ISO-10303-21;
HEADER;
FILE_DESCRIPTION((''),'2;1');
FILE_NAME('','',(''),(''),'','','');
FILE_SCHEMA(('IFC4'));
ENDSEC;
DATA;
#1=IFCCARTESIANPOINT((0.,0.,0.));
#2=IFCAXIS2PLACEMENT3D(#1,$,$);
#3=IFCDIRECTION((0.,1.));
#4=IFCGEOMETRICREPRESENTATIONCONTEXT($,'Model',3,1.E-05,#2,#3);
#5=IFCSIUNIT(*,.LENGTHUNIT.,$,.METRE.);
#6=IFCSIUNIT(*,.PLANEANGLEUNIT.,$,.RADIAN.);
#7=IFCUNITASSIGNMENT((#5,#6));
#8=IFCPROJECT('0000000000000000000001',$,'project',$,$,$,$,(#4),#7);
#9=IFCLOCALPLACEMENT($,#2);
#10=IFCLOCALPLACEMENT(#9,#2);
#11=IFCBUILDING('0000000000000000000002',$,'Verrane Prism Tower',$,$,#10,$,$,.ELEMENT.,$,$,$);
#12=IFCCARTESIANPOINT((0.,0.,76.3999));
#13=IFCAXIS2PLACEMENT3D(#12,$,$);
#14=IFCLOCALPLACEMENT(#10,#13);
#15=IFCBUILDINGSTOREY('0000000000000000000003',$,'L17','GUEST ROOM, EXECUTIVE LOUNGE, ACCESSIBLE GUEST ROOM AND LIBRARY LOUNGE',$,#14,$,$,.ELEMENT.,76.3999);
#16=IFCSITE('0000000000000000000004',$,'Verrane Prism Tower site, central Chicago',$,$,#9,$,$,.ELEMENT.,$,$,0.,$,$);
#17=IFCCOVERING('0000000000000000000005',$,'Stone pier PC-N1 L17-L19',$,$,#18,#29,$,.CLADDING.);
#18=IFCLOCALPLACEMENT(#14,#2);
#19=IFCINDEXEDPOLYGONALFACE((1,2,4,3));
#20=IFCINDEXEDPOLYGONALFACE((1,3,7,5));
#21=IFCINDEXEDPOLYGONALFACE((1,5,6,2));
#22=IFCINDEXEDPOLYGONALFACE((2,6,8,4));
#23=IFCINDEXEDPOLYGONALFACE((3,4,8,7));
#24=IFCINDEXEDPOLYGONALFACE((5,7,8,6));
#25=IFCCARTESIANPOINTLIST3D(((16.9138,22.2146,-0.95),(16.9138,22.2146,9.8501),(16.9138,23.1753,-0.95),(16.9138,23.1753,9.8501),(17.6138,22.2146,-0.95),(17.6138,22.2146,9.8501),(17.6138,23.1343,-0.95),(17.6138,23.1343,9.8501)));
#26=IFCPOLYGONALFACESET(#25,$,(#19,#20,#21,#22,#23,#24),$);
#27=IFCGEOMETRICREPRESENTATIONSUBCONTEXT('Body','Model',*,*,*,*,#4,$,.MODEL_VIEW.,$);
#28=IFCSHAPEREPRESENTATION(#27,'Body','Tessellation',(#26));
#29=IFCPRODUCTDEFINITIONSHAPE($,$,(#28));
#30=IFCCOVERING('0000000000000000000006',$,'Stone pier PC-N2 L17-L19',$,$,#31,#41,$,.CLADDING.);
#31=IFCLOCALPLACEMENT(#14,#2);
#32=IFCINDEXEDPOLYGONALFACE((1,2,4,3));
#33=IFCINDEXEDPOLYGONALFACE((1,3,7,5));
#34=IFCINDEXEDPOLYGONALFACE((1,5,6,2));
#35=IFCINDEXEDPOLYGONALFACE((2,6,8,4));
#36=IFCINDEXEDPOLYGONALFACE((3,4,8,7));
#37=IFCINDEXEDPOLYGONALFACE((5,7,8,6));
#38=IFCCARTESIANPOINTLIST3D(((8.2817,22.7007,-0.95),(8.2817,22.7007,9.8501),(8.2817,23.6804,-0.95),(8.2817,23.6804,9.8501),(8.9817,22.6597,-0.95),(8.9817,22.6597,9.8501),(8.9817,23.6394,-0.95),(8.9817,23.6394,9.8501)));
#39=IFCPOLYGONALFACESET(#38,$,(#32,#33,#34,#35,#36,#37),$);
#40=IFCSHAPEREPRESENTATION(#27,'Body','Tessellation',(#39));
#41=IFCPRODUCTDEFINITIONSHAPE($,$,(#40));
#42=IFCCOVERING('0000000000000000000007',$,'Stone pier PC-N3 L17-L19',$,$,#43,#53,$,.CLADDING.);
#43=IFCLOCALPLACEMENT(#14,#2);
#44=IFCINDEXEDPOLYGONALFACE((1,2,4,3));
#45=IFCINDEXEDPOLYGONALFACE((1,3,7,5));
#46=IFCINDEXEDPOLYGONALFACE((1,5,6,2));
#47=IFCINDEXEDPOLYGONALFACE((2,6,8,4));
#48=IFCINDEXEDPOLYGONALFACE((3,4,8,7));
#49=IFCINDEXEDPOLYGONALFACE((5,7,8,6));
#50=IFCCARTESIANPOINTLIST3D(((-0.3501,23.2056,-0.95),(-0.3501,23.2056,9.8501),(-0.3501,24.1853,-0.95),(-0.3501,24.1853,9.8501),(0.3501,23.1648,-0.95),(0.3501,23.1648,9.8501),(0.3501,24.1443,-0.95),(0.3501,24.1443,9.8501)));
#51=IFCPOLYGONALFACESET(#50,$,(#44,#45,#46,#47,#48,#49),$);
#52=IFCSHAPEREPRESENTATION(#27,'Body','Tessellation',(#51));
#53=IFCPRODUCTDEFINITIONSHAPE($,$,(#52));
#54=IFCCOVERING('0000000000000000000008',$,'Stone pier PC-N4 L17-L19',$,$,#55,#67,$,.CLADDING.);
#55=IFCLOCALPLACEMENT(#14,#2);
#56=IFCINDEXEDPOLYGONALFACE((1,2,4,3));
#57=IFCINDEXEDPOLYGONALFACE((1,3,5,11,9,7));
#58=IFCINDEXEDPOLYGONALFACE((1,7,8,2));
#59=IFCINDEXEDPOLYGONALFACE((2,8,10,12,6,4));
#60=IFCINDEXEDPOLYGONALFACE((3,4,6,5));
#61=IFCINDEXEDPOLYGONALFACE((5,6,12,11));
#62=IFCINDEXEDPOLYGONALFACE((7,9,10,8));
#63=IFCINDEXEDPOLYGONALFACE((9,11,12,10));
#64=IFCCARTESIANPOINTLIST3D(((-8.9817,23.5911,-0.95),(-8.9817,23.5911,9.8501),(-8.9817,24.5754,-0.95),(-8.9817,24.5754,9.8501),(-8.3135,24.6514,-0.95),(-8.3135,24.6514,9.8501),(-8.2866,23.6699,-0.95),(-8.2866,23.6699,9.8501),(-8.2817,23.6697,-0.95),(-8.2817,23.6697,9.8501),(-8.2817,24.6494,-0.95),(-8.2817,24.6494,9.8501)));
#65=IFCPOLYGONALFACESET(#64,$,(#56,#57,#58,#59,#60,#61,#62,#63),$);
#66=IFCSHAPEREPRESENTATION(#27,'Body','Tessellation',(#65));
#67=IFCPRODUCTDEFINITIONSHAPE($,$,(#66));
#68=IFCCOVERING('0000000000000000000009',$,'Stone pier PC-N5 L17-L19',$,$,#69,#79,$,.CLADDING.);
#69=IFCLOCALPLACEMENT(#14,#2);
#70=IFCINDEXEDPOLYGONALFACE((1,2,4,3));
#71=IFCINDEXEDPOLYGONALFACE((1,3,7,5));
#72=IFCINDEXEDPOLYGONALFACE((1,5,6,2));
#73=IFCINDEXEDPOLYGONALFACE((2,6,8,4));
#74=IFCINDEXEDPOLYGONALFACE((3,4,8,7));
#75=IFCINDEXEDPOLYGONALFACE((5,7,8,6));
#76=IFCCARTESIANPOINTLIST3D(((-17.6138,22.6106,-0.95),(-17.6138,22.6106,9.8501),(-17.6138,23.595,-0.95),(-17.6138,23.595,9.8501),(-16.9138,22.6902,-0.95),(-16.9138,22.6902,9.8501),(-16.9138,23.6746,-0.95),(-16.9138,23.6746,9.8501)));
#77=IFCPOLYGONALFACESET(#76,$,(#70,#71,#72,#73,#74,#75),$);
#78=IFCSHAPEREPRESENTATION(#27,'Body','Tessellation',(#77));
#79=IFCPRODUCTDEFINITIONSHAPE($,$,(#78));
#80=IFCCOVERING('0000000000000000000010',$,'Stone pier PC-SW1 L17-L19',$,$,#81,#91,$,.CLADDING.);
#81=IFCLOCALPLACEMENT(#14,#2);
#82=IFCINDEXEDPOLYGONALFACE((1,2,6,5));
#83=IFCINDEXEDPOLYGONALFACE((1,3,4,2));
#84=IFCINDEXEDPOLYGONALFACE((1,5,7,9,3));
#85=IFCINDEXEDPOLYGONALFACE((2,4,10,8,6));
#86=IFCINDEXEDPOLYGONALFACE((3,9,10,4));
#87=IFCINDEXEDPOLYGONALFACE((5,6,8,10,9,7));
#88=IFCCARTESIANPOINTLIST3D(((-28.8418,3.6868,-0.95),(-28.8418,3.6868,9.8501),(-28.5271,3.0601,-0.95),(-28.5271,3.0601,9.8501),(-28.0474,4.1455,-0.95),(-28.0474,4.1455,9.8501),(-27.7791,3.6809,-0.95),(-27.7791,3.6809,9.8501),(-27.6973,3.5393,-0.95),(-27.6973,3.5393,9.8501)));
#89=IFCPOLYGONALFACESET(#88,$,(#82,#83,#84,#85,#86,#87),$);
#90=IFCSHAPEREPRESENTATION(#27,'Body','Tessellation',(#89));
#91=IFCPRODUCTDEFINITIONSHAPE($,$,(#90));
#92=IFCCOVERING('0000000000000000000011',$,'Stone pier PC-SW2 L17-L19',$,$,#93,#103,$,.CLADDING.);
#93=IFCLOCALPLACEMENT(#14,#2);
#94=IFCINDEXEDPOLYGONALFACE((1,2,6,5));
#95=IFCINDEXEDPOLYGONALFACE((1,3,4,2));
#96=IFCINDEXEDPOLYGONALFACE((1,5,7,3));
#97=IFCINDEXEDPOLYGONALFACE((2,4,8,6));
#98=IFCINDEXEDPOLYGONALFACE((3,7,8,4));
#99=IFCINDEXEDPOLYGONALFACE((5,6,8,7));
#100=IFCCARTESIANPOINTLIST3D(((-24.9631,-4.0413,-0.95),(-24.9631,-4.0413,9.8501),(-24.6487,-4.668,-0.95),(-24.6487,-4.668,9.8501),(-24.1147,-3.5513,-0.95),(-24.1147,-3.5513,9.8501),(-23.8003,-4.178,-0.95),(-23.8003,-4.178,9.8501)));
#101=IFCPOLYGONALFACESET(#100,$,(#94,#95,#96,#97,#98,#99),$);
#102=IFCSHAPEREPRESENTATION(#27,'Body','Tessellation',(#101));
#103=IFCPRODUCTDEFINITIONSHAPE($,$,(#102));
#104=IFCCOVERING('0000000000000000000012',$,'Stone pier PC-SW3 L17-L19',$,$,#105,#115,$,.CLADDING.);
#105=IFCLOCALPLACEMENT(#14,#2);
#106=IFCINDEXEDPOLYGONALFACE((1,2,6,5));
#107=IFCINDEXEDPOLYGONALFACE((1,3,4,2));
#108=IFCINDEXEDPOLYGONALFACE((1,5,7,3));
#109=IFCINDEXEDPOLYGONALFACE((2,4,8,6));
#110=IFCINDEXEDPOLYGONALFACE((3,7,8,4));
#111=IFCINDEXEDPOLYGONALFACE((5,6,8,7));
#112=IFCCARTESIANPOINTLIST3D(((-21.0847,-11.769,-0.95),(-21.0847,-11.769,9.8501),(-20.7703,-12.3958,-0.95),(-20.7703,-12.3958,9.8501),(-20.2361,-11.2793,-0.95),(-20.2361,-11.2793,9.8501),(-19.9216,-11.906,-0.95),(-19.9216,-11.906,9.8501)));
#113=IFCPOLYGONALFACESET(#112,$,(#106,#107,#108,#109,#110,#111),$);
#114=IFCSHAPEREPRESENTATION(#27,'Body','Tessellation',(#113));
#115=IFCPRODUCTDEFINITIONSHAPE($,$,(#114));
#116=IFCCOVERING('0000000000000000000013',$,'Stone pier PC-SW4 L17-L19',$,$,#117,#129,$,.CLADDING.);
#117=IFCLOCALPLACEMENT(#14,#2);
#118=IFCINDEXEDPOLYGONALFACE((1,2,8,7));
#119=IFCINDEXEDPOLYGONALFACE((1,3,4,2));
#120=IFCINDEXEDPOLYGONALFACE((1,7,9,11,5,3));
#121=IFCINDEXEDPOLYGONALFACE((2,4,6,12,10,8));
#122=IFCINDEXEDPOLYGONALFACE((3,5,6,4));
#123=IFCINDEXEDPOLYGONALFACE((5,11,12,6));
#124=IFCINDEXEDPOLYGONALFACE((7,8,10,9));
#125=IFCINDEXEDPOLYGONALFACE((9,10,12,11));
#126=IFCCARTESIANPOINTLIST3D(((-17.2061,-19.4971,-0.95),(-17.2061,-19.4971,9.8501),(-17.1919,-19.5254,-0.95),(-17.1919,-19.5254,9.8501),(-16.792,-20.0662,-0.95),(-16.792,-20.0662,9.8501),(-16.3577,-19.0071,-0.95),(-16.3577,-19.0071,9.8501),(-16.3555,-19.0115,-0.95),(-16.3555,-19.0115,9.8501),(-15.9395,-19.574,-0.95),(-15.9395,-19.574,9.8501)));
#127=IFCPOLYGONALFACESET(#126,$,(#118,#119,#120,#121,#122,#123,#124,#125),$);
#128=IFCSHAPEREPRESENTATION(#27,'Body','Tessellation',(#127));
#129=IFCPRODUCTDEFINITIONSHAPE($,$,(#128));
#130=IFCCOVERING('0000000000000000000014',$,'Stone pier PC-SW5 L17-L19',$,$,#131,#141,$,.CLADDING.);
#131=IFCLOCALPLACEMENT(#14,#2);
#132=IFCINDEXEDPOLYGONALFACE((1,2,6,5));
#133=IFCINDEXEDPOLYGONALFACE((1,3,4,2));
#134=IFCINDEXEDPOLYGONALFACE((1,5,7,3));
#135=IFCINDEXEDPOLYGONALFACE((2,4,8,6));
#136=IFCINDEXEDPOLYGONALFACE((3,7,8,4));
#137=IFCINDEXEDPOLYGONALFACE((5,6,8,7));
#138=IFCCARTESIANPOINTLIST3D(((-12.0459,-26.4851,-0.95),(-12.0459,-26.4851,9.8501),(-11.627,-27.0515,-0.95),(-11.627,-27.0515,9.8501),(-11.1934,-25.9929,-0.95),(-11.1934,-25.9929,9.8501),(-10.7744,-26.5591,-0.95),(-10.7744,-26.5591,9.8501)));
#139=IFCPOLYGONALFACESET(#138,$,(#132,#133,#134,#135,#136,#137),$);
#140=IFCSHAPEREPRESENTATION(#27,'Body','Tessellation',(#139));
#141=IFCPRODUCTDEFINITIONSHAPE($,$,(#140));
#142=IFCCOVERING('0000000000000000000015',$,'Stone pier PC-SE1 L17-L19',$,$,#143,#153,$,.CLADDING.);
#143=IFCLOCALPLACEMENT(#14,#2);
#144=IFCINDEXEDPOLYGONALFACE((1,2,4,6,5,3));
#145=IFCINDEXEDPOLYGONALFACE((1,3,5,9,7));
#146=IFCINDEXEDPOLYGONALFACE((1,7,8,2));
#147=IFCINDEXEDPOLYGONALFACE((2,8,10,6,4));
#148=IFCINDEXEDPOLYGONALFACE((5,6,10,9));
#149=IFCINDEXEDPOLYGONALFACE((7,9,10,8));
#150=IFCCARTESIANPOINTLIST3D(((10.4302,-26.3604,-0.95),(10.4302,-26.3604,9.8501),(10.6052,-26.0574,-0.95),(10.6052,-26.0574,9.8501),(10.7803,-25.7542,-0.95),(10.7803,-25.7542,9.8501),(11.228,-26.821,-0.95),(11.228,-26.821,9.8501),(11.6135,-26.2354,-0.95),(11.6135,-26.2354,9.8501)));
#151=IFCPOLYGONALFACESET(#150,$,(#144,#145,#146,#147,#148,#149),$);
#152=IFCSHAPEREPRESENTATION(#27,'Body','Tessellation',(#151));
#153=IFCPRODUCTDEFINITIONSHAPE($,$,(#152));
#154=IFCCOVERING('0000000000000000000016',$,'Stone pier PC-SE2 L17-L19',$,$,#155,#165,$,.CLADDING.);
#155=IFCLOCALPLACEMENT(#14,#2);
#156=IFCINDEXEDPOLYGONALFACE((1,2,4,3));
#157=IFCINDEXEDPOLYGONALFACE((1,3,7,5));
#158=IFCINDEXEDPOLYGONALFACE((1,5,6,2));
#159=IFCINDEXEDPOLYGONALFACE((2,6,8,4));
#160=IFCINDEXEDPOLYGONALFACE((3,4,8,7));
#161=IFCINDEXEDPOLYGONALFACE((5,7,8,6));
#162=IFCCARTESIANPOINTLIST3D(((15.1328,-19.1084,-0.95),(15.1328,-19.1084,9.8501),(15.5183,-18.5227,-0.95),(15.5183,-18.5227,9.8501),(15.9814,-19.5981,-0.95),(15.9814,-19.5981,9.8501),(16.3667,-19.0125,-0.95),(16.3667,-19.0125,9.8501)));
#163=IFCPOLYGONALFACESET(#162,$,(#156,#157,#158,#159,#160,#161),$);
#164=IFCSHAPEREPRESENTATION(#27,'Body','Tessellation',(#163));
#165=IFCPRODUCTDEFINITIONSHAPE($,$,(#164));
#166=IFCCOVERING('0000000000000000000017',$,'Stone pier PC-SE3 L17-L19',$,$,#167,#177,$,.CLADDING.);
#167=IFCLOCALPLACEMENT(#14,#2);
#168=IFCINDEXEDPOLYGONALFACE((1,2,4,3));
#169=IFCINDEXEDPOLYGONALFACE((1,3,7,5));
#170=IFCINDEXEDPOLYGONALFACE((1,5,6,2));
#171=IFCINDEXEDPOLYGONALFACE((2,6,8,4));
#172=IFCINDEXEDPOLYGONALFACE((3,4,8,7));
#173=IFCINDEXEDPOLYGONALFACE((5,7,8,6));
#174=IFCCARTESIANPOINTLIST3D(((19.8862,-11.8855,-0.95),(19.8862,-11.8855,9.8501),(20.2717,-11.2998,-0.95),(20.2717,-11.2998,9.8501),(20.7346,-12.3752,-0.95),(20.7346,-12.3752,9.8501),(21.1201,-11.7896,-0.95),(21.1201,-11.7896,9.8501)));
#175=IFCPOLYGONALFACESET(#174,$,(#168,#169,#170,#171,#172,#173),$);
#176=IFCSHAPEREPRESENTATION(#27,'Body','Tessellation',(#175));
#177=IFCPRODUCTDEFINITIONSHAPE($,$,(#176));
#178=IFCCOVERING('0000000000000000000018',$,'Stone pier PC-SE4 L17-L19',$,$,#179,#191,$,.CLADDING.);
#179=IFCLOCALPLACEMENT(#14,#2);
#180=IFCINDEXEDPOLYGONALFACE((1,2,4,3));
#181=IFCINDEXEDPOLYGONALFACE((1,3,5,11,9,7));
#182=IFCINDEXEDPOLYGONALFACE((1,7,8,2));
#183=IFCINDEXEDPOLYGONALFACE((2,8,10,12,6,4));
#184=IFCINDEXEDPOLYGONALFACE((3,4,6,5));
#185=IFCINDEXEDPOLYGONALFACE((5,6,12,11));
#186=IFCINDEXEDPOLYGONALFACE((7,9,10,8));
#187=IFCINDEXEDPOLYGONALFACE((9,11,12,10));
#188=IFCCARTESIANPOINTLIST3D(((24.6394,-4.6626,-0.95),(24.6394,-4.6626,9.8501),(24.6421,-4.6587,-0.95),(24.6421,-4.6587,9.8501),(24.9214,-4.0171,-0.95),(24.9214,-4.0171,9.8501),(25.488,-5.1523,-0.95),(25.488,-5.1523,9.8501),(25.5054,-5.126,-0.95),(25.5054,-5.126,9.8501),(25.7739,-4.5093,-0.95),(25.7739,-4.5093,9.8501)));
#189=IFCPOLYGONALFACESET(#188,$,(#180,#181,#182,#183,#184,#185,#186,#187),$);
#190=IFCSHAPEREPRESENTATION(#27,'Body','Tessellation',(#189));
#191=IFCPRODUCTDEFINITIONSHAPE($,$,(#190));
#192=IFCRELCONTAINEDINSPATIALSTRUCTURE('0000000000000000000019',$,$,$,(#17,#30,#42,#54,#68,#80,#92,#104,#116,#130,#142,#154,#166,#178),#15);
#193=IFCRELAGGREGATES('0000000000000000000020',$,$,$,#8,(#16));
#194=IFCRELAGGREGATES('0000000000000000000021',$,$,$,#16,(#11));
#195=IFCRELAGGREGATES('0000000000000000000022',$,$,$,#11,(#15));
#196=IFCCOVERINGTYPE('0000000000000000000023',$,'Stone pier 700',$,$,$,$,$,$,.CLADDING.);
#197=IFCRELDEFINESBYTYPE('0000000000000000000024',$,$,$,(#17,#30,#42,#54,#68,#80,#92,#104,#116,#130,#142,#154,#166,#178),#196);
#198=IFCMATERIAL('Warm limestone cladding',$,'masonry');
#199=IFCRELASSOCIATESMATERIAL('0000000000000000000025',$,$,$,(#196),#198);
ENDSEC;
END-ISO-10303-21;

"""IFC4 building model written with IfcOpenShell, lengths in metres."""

from ifc_helpers import new_model, si_unit, direction, frame, origin, place, context, subcontext, project, spatial, polyline, outline, extrude, material, type_object, element, save


model = new_model("IFC4")

# Units and contexts
model_context = context("Model", 3, precision=1e-05, world=origin(), true_north=direction((0.0, 1.0)))
body_context = subcontext(model_context, "Body", "Model", "MODEL_VIEW")
ifc_project = project(units=[si_unit("LENGTHUNIT", "METRE"), si_unit("PLANEANGLEUNIT", "RADIAN")], contexts=[model_context])

# Site, building, storey
site_placement = place(None, origin())
site = spatial("IfcSite", under=ifc_project, at=site_placement, Name="Verrane Prism Tower site, central Chicago", CompositionType="ELEMENT", RefElevation=0.0)
building_placement = place(site_placement, origin())
building = spatial("IfcBuilding", under=site, at=building_placement, Name="Verrane Prism Tower", CompositionType="ELEMENT")
storey_placement = place(building_placement, frame((0.0, 0.0, 76.3999)))
storey = spatial("IfcBuildingStorey", under=building, at=storey_placement, Name="L17", Description="GUEST ROOM, EXECUTIVE LOUNGE, ACCESSIBLE GUEST ROOM AND LIBRARY LOUNGE", CompositionType="ELEMENT", Elevation=76.3999)

# Coverings
ifc_material_1 = material(Name="Warm limestone cladding", Category="masonry")
covering_type_1 = type_object("IfcCoveringType", Name="Stone pier 700", PredefinedType="CLADDING", material=ifc_material_1)
covering_1_placement = place(storey_placement, frame((0.0, 0.0, -0.95)))
element("IfcCovering", 1, at=covering_1_placement, inside=storey, type_object=covering_type_1, Name="Stone pier PC-N1 L17-L19", PredefinedType="CLADDING", context=body_context, shape_type="SweptSolid", body=[
    extrude(outline(polyline([(16.9138, 22.2146), (17.6138, 22.2146), (17.6138, 23.1343), (16.9138, 23.1753), (16.9138, 22.2146)])), origin(), (0.0, 0.0, 1.0), 10.8),
])
covering_2_placement = place(storey_placement, frame((0.0, 0.0, -0.95)))
element("IfcCovering", 2, at=covering_2_placement, inside=storey, type_object=covering_type_1, Name="Stone pier PC-N2 L17-L19", PredefinedType="CLADDING", context=body_context, shape_type="SweptSolid", body=[
    extrude(outline(polyline([(8.2817, 23.6804), (8.2817, 22.7007), (8.9817, 22.6597), (8.9817, 23.6394), (8.2817, 23.6804)])), origin(), (0.0, 0.0, 1.0), 10.8),
])
covering_3_placement = place(storey_placement, frame((0.0, 0.0, -0.95)))
element("IfcCovering", 3, at=covering_3_placement, inside=storey, type_object=covering_type_1, Name="Stone pier PC-N3 L17-L19", PredefinedType="CLADDING", context=body_context, shape_type="SweptSolid", body=[
    extrude(outline(polyline([(-0.3501, 24.1853), (-0.3501, 23.2056), (0.3501, 23.1648), (0.3501, 24.1443), (-0.3501, 24.1853)])), origin(), (0.0, 0.0, 1.0), 10.8),
])
covering_4_placement = place(storey_placement, frame((0.0, 0.0, -0.95)))
element("IfcCovering", 4, at=covering_4_placement, inside=storey, type_object=covering_type_1, Name="Stone pier PC-N4 L17-L19", PredefinedType="CLADDING", context=body_context, shape_type="SweptSolid", body=[
    extrude(outline(polyline([(-8.9817, 24.5754), (-8.9817, 23.5911), (-8.2866, 23.6699), (-8.2817, 23.6697), (-8.2817, 24.6494), (-8.3135, 24.6514), (-8.9817, 24.5754)])), origin(), (0.0, 0.0, 1.0), 10.8),
])
covering_5_placement = place(storey_placement, frame((0.0, 0.0, -0.95)))
element("IfcCovering", 5, at=covering_5_placement, inside=storey, type_object=covering_type_1, Name="Stone pier PC-N5 L17-L19", PredefinedType="CLADDING", context=body_context, shape_type="SweptSolid", body=[
    extrude(outline(polyline([(-17.6138, 23.595), (-17.6138, 22.6106), (-16.9138, 22.6902), (-16.9138, 23.6746), (-17.6138, 23.595)])), origin(), (0.0, 0.0, 1.0), 10.8),
])
covering_6_placement = place(storey_placement, frame((0.0, 0.0, -0.95)))
element("IfcCovering", 6, at=covering_6_placement, inside=storey, type_object=covering_type_1, Name="Stone pier PC-SW1 L17-L19", PredefinedType="CLADDING", context=body_context, shape_type="SweptSolid", body=[
    extrude(outline(polyline([(-27.6973, 3.5393), (-27.7791, 3.6809), (-28.0474, 4.1455), (-28.8418, 3.6868), (-28.5271, 3.0601), (-27.6973, 3.5393)])), origin(), (0.0, 0.0, 1.0), 10.8),
])
covering_7_placement = place(storey_placement, frame((0.0, 0.0, -0.95)))
element("IfcCovering", 7, at=covering_7_placement, inside=storey, type_object=covering_type_1, Name="Stone pier PC-SW2 L17-L19", PredefinedType="CLADDING", context=body_context, shape_type="SweptSolid", body=[
    extrude(outline(polyline([(-24.6487, -4.668), (-23.8003, -4.178), (-24.1147, -3.5513), (-24.9631, -4.0413), (-24.6487, -4.668)])), origin(), (0.0, 0.0, 1.0), 10.8),
])
covering_8_placement = place(storey_placement, frame((0.0, 0.0, -0.95)))
element("IfcCovering", 8, at=covering_8_placement, inside=storey, type_object=covering_type_1, Name="Stone pier PC-SW3 L17-L19", PredefinedType="CLADDING", context=body_context, shape_type="SweptSolid", body=[
    extrude(outline(polyline([(-20.7703, -12.3958), (-19.9216, -11.906), (-20.2361, -11.2793), (-21.0847, -11.769), (-20.7703, -12.3958)])), origin(), (0.0, 0.0, 1.0), 10.8),
])
covering_9_placement = place(storey_placement, frame((0.0, 0.0, -0.95)))
element("IfcCovering", 9, at=covering_9_placement, inside=storey, type_object=covering_type_1, Name="Stone pier PC-SW4 L17-L19", PredefinedType="CLADDING", context=body_context, shape_type="SweptSolid", body=[
    extrude(outline(polyline([(-16.792, -20.0662), (-15.9395, -19.574), (-16.3555, -19.0115), (-16.3577, -19.0071), (-17.2061, -19.4971), (-17.1919, -19.5254), (-16.792, -20.0662)])), origin(), (0.0, 0.0, 1.0), 10.8),
])
covering_10_placement = place(storey_placement, frame((0.0, 0.0, -0.95)))
element("IfcCovering", 10, at=covering_10_placement, inside=storey, type_object=covering_type_1, Name="Stone pier PC-SW5 L17-L19", PredefinedType="CLADDING", context=body_context, shape_type="SweptSolid", body=[
    extrude(outline(polyline([(-11.627, -27.0515), (-10.7744, -26.5591), (-11.1934, -25.9929), (-12.0459, -26.4851), (-11.627, -27.0515)])), origin(), (0.0, 0.0, 1.0), 10.8),
])
covering_11_placement = place(storey_placement, frame((0.0, 0.0, -0.95)))
element("IfcCovering", 11, at=covering_11_placement, inside=storey, type_object=covering_type_1, Name="Stone pier PC-SE1 L17-L19", PredefinedType="CLADDING", context=body_context, shape_type="SweptSolid", body=[
    extrude(outline(polyline([(10.7803, -25.7542), (10.6052, -26.0574), (10.4302, -26.3604), (11.228, -26.821), (11.6135, -26.2354), (10.7803, -25.7542)])), origin(), (0.0, 0.0, 1.0), 10.8),
])
covering_12_placement = place(storey_placement, frame((0.0, 0.0, -0.95)))
element("IfcCovering", 12, at=covering_12_placement, inside=storey, type_object=covering_type_1, Name="Stone pier PC-SE2 L17-L19", PredefinedType="CLADDING", context=body_context, shape_type="SweptSolid", body=[
    extrude(outline(polyline([(16.3667, -19.0125), (15.5183, -18.5227), (15.1328, -19.1084), (15.9814, -19.5981), (16.3667, -19.0125)])), origin(), (0.0, 0.0, 1.0), 10.8),
])
covering_13_placement = place(storey_placement, frame((0.0, 0.0, -0.95)))
element("IfcCovering", 13, at=covering_13_placement, inside=storey, type_object=covering_type_1, Name="Stone pier PC-SE3 L17-L19", PredefinedType="CLADDING", context=body_context, shape_type="SweptSolid", body=[
    extrude(outline(polyline([(21.1201, -11.7896), (20.2717, -11.2998), (19.8862, -11.8855), (20.7346, -12.3752), (21.1201, -11.7896)])), origin(), (0.0, 0.0, 1.0), 10.8),
])
covering_14_placement = place(storey_placement, frame((0.0, 0.0, -0.95)))
element("IfcCovering", 14, at=covering_14_placement, inside=storey, type_object=covering_type_1, Name="Stone pier PC-SE4 L17-L19", PredefinedType="CLADDING", context=body_context, shape_type="SweptSolid", body=[
    extrude(outline(polyline([(25.7739, -4.5093), (24.9214, -4.0171), (24.6421, -4.6587), (24.6394, -4.6626), (25.488, -5.1523), (25.5054, -5.126), (25.7739, -4.5093)])), origin(), (0.0, 0.0, 1.0), 10.8),
])

save(model, "model.ifc")
